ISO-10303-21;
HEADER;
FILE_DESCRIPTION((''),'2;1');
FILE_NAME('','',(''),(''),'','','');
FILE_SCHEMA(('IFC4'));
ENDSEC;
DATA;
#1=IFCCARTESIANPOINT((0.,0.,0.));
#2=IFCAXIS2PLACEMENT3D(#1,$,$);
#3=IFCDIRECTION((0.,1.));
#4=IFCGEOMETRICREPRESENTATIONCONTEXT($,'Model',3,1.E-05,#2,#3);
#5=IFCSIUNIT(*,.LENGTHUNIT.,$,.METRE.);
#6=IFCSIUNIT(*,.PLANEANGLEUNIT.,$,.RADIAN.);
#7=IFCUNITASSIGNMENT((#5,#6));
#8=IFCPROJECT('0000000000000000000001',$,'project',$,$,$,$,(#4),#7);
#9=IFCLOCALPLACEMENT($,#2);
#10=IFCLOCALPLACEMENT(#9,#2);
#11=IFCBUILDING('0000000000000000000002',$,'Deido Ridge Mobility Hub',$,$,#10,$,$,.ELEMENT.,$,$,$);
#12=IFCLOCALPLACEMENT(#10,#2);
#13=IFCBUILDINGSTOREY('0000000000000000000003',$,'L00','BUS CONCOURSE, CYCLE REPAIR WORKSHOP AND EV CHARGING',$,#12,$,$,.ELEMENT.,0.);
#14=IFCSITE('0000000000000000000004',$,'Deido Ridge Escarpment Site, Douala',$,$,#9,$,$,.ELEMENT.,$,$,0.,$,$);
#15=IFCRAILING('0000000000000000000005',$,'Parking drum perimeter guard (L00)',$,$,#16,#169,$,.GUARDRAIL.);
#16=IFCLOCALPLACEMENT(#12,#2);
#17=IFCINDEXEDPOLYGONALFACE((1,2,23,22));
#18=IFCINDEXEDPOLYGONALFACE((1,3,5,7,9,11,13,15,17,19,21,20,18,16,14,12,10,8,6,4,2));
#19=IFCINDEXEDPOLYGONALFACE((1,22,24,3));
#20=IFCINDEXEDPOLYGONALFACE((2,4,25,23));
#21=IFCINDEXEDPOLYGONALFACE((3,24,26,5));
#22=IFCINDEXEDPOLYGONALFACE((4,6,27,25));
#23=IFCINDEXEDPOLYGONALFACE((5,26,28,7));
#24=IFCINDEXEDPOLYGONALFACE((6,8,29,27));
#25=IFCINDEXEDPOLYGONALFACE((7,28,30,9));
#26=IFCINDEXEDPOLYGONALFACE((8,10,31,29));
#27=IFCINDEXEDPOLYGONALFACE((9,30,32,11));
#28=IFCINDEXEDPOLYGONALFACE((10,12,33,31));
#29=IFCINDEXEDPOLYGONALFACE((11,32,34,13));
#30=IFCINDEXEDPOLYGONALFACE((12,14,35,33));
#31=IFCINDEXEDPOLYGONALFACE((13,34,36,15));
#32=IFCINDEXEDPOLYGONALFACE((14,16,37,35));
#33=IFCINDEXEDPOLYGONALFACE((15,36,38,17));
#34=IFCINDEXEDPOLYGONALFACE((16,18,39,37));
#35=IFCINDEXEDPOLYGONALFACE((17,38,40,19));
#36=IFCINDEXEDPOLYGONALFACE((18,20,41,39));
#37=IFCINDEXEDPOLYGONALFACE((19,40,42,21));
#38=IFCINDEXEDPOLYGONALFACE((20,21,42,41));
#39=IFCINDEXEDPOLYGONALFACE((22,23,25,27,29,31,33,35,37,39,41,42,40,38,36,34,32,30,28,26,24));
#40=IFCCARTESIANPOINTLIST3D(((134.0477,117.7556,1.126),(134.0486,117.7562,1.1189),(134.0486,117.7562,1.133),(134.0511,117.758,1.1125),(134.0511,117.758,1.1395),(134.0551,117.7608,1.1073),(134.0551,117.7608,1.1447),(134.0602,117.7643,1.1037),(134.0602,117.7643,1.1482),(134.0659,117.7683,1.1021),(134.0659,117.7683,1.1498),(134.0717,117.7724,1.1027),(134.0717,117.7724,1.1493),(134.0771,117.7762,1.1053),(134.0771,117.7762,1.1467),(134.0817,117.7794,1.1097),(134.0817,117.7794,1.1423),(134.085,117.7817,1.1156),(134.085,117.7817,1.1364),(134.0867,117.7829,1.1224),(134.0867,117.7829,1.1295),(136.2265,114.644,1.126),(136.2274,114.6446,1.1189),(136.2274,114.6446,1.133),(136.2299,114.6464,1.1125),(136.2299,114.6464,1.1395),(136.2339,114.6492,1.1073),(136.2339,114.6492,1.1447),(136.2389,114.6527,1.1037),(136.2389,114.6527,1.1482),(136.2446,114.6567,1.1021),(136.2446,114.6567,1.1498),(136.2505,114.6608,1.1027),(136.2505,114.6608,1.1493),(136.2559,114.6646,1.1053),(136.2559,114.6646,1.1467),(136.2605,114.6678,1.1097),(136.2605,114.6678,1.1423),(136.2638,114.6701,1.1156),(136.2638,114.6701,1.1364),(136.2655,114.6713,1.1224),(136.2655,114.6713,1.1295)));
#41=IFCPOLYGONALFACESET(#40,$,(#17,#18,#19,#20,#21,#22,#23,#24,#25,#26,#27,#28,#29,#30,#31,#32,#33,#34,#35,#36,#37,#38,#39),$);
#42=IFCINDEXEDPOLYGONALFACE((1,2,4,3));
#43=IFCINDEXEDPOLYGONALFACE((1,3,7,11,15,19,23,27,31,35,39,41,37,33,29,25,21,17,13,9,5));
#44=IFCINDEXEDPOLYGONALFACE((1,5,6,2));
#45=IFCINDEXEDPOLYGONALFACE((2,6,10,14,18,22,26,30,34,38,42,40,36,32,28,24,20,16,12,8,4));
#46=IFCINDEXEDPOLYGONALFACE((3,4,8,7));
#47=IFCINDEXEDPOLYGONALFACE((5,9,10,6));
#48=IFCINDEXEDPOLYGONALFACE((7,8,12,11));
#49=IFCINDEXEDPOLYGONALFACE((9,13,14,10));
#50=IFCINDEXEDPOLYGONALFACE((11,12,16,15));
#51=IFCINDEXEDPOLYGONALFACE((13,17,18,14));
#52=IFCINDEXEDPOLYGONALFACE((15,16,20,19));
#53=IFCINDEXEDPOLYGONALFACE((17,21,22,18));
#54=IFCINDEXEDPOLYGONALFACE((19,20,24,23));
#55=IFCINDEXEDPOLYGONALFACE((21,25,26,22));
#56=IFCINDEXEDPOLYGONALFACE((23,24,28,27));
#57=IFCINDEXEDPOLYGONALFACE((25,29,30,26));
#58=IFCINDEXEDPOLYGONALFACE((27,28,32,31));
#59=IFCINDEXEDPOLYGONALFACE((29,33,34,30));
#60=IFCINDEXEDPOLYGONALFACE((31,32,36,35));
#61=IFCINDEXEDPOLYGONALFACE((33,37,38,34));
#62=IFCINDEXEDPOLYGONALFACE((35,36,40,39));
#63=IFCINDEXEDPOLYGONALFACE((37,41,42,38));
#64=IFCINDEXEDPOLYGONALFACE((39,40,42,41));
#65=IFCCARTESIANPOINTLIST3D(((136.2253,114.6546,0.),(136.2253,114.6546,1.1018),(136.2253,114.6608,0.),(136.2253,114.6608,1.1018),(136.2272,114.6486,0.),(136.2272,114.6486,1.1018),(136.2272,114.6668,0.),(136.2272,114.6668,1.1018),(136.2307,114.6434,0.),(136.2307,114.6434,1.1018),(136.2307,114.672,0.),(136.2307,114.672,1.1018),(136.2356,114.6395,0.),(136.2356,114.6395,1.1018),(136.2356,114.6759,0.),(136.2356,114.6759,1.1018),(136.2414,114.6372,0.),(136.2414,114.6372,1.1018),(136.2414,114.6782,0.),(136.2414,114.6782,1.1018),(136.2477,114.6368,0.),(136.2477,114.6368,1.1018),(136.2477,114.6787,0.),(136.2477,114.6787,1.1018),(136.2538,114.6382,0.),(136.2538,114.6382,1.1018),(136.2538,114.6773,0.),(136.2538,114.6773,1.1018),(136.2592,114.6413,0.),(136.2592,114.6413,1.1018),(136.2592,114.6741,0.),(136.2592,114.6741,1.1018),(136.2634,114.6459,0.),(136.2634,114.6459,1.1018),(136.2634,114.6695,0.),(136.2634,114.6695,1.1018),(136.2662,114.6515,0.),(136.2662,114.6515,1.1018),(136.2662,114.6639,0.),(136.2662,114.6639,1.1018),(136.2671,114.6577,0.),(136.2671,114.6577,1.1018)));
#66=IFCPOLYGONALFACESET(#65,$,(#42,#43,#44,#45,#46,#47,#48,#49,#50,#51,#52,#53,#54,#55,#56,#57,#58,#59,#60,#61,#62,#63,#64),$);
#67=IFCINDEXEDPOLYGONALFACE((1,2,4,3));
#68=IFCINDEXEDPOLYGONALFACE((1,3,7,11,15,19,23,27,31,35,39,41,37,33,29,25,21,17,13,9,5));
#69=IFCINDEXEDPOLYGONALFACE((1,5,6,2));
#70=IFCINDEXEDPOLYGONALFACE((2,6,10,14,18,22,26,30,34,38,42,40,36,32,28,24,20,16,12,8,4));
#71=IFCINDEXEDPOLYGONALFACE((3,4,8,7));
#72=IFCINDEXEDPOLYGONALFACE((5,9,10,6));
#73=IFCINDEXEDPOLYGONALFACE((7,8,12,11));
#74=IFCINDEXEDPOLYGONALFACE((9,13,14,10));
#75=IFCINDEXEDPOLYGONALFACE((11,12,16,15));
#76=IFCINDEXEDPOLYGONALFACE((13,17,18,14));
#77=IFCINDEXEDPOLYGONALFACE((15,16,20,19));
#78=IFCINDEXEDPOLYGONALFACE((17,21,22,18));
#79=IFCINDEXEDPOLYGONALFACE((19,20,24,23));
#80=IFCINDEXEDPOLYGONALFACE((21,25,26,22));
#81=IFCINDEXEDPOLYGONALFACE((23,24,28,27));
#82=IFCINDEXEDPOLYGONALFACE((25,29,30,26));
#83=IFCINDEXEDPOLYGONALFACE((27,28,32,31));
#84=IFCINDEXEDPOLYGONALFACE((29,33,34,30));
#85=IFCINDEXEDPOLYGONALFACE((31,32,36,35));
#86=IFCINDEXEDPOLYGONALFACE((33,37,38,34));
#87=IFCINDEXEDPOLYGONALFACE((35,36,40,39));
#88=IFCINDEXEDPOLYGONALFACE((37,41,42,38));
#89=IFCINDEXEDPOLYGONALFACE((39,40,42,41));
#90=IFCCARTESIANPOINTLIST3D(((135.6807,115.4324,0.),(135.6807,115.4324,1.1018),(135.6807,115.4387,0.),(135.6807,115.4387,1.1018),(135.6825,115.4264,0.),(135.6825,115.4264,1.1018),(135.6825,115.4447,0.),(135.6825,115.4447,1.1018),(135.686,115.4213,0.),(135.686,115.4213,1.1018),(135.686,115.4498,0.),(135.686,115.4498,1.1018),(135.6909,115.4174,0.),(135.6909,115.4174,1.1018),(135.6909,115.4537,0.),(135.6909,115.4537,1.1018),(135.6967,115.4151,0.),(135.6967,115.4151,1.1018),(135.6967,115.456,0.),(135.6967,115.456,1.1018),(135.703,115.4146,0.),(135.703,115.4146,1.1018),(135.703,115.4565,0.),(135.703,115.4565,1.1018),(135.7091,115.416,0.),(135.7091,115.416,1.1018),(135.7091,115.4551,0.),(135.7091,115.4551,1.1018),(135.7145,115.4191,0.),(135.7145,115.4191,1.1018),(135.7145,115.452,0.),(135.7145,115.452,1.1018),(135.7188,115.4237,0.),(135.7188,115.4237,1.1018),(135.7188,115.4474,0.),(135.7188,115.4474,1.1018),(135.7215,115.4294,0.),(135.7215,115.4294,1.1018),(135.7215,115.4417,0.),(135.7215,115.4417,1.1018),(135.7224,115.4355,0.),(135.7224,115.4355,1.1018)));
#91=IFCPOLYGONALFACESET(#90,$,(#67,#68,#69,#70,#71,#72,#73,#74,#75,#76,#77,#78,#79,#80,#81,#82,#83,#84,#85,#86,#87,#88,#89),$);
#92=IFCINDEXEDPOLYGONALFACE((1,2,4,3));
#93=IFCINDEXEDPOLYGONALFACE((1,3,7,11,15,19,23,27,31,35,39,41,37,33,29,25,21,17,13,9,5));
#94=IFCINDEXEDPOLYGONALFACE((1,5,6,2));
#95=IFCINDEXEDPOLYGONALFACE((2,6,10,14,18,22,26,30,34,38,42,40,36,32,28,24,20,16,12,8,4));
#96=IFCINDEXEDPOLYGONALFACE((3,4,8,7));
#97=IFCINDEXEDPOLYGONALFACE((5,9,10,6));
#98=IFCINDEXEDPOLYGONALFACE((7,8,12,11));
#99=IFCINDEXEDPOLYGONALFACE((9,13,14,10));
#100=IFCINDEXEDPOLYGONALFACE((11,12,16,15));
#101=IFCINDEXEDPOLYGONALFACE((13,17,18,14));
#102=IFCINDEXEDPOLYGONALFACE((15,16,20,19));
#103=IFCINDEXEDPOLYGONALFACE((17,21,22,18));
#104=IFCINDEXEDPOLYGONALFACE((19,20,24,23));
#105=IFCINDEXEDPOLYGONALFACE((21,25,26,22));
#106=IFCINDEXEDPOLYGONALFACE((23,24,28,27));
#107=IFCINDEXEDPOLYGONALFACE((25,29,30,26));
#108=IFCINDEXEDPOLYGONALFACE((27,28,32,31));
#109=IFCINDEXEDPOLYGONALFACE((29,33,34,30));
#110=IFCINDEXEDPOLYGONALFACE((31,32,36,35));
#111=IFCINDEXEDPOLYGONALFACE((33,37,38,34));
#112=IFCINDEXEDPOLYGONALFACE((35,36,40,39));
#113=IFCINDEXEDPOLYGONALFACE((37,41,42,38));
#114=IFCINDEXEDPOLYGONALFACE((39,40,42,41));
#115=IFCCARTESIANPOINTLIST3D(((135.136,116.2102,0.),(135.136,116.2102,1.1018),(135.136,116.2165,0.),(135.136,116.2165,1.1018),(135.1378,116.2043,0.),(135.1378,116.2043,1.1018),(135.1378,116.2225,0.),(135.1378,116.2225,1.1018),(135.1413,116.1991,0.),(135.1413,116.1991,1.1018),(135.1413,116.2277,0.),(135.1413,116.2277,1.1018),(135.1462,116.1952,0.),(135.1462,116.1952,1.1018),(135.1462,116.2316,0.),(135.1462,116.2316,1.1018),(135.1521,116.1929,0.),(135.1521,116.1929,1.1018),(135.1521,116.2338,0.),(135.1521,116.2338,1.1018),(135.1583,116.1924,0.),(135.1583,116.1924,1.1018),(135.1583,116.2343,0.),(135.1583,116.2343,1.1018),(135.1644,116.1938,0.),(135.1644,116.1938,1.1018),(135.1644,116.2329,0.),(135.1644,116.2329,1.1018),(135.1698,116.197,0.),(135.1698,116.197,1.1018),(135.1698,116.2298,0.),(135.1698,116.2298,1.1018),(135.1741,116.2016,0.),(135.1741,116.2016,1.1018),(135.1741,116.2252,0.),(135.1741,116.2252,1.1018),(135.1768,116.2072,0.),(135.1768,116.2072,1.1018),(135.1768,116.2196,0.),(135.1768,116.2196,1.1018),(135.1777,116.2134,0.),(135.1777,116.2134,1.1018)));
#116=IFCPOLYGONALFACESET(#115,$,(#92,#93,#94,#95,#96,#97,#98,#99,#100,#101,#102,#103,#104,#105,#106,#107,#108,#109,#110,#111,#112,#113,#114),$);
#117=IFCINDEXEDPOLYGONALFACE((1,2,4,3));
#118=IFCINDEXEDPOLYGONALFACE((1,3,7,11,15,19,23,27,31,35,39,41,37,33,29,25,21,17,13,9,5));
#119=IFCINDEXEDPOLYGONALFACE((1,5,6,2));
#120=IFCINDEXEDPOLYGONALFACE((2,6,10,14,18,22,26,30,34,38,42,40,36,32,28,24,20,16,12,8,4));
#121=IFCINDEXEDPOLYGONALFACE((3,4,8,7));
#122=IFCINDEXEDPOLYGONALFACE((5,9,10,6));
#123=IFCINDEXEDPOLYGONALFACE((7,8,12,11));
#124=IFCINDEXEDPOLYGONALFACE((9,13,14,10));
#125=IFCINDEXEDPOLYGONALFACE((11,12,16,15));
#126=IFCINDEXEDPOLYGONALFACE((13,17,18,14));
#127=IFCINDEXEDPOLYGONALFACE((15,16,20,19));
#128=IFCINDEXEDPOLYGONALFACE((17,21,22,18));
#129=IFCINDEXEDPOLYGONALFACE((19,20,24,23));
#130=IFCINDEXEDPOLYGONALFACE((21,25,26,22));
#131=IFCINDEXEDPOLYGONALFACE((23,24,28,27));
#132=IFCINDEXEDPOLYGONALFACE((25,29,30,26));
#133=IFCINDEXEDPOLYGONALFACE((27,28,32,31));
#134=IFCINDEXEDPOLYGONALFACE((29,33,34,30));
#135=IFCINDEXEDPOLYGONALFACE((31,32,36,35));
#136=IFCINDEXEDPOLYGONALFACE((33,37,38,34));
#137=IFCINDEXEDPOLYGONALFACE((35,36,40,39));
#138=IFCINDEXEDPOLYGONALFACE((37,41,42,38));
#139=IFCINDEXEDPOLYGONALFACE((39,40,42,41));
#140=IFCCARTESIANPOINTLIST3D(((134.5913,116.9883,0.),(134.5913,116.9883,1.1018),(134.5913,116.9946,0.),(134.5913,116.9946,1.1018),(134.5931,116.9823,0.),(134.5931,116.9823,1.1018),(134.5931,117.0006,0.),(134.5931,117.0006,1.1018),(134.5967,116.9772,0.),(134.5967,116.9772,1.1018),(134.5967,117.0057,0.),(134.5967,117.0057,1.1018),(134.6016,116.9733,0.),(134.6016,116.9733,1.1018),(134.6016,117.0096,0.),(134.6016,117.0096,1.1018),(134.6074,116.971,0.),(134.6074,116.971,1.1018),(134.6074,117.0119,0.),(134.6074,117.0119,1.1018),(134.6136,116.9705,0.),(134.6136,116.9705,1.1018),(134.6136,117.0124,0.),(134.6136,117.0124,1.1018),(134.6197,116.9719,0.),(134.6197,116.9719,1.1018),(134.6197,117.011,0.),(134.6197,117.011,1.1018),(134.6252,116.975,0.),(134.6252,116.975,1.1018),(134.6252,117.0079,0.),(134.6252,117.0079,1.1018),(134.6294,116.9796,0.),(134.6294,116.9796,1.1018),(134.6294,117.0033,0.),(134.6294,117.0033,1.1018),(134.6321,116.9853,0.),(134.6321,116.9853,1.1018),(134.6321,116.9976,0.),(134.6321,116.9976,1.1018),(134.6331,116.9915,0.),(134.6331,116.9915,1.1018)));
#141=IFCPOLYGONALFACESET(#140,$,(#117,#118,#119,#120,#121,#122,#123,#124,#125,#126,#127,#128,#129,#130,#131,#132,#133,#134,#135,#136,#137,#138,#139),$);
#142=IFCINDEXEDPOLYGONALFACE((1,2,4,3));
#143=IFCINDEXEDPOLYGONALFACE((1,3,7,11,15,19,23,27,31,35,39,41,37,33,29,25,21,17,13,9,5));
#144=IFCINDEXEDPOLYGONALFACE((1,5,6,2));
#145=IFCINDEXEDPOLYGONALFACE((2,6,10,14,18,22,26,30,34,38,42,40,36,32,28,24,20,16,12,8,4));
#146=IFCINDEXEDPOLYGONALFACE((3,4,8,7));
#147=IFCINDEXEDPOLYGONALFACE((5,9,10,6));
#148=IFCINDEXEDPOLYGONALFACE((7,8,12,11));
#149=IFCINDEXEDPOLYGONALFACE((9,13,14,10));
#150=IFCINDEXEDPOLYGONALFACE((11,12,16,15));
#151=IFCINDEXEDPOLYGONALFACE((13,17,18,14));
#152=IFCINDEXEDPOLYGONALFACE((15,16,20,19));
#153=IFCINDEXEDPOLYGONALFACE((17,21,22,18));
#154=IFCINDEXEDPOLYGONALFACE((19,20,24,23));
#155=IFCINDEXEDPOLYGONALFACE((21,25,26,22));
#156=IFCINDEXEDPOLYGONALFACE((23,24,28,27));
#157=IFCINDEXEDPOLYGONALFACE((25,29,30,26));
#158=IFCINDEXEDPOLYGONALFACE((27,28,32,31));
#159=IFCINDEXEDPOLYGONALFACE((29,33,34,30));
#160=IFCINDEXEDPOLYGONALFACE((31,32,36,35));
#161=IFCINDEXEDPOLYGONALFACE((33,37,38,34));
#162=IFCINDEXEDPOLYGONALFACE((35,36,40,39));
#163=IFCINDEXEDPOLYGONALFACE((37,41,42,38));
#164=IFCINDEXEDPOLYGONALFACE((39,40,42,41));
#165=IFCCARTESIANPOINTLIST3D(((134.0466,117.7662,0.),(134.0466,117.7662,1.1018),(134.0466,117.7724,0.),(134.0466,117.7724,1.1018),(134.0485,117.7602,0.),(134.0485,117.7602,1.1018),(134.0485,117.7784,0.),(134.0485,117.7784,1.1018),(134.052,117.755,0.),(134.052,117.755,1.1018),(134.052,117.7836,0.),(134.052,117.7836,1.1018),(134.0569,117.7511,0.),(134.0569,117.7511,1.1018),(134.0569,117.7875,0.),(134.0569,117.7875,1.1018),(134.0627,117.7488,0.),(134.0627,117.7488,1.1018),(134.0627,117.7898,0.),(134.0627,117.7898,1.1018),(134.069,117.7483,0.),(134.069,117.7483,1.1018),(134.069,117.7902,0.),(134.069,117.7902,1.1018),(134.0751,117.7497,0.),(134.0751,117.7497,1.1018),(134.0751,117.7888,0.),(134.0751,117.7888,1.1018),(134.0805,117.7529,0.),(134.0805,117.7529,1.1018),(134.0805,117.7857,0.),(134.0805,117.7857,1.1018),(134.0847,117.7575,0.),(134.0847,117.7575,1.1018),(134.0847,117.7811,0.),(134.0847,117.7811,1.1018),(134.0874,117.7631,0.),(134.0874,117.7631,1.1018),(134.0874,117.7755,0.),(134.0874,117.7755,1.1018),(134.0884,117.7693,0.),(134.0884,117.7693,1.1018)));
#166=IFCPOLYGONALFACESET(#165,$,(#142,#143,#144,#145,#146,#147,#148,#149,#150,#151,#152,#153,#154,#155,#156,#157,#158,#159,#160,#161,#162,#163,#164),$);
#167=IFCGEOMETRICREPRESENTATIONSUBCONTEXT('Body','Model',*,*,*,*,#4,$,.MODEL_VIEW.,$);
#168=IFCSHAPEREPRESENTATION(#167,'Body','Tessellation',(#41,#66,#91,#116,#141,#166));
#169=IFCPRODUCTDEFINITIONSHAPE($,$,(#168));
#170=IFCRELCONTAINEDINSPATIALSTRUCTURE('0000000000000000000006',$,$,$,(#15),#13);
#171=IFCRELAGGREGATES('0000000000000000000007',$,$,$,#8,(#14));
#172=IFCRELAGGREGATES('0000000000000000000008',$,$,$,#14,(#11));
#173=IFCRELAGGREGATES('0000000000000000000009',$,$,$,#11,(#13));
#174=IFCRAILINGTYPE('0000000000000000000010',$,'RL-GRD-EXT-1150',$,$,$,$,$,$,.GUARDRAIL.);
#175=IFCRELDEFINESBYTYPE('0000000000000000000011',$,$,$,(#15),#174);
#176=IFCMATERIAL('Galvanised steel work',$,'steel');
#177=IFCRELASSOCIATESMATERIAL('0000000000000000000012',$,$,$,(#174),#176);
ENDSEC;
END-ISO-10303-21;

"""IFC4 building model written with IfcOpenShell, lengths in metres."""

from ifc_helpers import new_model, si_unit, direction, frame, origin, origin_2d, place, context, subcontext, project, spatial, circle, extrude, material, type_object, element, save


model = new_model("IFC4")

# Units and contexts
model_context = context("Model", 3, precision=1e-05, world=origin(), true_north=direction((0.0, 1.0)))
body_context = subcontext(model_context, "Body", "Model", "MODEL_VIEW")
ifc_project = project(units=[si_unit("LENGTHUNIT", "METRE"), si_unit("PLANEANGLEUNIT", "RADIAN")], contexts=[model_context])

# Site, building, storey
site_placement = place(None, origin())
site = spatial("IfcSite", under=ifc_project, at=site_placement, Name="Deido Ridge Escarpment Site, Douala", CompositionType="ELEMENT", RefElevation=0.0)
building_placement = place(site_placement, origin())
building = spatial("IfcBuilding", under=site, at=building_placement, Name="Deido Ridge Mobility Hub", CompositionType="ELEMENT")
storey_placement = place(building_placement, origin())
storey = spatial("IfcBuildingStorey", under=building, at=storey_placement, Name="L00", Description="BUS CONCOURSE, CYCLE REPAIR WORKSHOP AND EV CHARGING", CompositionType="ELEMENT", Elevation=0.0)

# Railing
ifc_material_1 = material(Name="Galvanised steel work", Category="steel")
railing_type = type_object("IfcRailingType", Name="RL-GRD-EXT-1150", PredefinedType="GUARDRAIL", material=ifc_material_1)
railing_1_placement = place(storey_placement, frame((136.2461, 114.6577, 0.0)))
element("IfcRailing", 1, at=railing_1_placement, inside=storey, type_object=railing_type, Name="Parking drum perimeter guard (L00)", PredefinedType="GUARDRAIL", context=body_context, shape_type="SweptSolid", body=[
    extrude(circle(Radius=0.0239, at=origin_2d()), frame((0.0, 0.0, 1.126), z_axis=(-0.57357, 0.819156, 0.0), x_axis=(-0.819156, -0.57357, 0.0)), (0.0, 0.0, 1.0), 3.7986),
    extrude(circle(Radius=0.021, at=origin_2d()), origin(), (0.0, 0.0, 1.0), 1.1018),
    extrude(circle(Radius=0.021, at=origin_2d()), frame((-0.5447, 0.7778, 0.0)), (0.0, 0.0, 1.0), 1.1018),
    extrude(circle(Radius=0.021, at=origin_2d()), frame((-1.0894, 1.5557, 0.0)), (0.0, 0.0, 1.0), 1.1018),
    extrude(circle(Radius=0.021, at=origin_2d()), frame((-1.634, 2.3337, 0.0)), (0.0, 0.0, 1.0), 1.1018),
    extrude(circle(Radius=0.021, at=origin_2d()), frame((-2.1787, 3.1116, 0.0)), (0.0, 0.0, 1.0), 1.1018),
])

save(model, "model.ifc")
